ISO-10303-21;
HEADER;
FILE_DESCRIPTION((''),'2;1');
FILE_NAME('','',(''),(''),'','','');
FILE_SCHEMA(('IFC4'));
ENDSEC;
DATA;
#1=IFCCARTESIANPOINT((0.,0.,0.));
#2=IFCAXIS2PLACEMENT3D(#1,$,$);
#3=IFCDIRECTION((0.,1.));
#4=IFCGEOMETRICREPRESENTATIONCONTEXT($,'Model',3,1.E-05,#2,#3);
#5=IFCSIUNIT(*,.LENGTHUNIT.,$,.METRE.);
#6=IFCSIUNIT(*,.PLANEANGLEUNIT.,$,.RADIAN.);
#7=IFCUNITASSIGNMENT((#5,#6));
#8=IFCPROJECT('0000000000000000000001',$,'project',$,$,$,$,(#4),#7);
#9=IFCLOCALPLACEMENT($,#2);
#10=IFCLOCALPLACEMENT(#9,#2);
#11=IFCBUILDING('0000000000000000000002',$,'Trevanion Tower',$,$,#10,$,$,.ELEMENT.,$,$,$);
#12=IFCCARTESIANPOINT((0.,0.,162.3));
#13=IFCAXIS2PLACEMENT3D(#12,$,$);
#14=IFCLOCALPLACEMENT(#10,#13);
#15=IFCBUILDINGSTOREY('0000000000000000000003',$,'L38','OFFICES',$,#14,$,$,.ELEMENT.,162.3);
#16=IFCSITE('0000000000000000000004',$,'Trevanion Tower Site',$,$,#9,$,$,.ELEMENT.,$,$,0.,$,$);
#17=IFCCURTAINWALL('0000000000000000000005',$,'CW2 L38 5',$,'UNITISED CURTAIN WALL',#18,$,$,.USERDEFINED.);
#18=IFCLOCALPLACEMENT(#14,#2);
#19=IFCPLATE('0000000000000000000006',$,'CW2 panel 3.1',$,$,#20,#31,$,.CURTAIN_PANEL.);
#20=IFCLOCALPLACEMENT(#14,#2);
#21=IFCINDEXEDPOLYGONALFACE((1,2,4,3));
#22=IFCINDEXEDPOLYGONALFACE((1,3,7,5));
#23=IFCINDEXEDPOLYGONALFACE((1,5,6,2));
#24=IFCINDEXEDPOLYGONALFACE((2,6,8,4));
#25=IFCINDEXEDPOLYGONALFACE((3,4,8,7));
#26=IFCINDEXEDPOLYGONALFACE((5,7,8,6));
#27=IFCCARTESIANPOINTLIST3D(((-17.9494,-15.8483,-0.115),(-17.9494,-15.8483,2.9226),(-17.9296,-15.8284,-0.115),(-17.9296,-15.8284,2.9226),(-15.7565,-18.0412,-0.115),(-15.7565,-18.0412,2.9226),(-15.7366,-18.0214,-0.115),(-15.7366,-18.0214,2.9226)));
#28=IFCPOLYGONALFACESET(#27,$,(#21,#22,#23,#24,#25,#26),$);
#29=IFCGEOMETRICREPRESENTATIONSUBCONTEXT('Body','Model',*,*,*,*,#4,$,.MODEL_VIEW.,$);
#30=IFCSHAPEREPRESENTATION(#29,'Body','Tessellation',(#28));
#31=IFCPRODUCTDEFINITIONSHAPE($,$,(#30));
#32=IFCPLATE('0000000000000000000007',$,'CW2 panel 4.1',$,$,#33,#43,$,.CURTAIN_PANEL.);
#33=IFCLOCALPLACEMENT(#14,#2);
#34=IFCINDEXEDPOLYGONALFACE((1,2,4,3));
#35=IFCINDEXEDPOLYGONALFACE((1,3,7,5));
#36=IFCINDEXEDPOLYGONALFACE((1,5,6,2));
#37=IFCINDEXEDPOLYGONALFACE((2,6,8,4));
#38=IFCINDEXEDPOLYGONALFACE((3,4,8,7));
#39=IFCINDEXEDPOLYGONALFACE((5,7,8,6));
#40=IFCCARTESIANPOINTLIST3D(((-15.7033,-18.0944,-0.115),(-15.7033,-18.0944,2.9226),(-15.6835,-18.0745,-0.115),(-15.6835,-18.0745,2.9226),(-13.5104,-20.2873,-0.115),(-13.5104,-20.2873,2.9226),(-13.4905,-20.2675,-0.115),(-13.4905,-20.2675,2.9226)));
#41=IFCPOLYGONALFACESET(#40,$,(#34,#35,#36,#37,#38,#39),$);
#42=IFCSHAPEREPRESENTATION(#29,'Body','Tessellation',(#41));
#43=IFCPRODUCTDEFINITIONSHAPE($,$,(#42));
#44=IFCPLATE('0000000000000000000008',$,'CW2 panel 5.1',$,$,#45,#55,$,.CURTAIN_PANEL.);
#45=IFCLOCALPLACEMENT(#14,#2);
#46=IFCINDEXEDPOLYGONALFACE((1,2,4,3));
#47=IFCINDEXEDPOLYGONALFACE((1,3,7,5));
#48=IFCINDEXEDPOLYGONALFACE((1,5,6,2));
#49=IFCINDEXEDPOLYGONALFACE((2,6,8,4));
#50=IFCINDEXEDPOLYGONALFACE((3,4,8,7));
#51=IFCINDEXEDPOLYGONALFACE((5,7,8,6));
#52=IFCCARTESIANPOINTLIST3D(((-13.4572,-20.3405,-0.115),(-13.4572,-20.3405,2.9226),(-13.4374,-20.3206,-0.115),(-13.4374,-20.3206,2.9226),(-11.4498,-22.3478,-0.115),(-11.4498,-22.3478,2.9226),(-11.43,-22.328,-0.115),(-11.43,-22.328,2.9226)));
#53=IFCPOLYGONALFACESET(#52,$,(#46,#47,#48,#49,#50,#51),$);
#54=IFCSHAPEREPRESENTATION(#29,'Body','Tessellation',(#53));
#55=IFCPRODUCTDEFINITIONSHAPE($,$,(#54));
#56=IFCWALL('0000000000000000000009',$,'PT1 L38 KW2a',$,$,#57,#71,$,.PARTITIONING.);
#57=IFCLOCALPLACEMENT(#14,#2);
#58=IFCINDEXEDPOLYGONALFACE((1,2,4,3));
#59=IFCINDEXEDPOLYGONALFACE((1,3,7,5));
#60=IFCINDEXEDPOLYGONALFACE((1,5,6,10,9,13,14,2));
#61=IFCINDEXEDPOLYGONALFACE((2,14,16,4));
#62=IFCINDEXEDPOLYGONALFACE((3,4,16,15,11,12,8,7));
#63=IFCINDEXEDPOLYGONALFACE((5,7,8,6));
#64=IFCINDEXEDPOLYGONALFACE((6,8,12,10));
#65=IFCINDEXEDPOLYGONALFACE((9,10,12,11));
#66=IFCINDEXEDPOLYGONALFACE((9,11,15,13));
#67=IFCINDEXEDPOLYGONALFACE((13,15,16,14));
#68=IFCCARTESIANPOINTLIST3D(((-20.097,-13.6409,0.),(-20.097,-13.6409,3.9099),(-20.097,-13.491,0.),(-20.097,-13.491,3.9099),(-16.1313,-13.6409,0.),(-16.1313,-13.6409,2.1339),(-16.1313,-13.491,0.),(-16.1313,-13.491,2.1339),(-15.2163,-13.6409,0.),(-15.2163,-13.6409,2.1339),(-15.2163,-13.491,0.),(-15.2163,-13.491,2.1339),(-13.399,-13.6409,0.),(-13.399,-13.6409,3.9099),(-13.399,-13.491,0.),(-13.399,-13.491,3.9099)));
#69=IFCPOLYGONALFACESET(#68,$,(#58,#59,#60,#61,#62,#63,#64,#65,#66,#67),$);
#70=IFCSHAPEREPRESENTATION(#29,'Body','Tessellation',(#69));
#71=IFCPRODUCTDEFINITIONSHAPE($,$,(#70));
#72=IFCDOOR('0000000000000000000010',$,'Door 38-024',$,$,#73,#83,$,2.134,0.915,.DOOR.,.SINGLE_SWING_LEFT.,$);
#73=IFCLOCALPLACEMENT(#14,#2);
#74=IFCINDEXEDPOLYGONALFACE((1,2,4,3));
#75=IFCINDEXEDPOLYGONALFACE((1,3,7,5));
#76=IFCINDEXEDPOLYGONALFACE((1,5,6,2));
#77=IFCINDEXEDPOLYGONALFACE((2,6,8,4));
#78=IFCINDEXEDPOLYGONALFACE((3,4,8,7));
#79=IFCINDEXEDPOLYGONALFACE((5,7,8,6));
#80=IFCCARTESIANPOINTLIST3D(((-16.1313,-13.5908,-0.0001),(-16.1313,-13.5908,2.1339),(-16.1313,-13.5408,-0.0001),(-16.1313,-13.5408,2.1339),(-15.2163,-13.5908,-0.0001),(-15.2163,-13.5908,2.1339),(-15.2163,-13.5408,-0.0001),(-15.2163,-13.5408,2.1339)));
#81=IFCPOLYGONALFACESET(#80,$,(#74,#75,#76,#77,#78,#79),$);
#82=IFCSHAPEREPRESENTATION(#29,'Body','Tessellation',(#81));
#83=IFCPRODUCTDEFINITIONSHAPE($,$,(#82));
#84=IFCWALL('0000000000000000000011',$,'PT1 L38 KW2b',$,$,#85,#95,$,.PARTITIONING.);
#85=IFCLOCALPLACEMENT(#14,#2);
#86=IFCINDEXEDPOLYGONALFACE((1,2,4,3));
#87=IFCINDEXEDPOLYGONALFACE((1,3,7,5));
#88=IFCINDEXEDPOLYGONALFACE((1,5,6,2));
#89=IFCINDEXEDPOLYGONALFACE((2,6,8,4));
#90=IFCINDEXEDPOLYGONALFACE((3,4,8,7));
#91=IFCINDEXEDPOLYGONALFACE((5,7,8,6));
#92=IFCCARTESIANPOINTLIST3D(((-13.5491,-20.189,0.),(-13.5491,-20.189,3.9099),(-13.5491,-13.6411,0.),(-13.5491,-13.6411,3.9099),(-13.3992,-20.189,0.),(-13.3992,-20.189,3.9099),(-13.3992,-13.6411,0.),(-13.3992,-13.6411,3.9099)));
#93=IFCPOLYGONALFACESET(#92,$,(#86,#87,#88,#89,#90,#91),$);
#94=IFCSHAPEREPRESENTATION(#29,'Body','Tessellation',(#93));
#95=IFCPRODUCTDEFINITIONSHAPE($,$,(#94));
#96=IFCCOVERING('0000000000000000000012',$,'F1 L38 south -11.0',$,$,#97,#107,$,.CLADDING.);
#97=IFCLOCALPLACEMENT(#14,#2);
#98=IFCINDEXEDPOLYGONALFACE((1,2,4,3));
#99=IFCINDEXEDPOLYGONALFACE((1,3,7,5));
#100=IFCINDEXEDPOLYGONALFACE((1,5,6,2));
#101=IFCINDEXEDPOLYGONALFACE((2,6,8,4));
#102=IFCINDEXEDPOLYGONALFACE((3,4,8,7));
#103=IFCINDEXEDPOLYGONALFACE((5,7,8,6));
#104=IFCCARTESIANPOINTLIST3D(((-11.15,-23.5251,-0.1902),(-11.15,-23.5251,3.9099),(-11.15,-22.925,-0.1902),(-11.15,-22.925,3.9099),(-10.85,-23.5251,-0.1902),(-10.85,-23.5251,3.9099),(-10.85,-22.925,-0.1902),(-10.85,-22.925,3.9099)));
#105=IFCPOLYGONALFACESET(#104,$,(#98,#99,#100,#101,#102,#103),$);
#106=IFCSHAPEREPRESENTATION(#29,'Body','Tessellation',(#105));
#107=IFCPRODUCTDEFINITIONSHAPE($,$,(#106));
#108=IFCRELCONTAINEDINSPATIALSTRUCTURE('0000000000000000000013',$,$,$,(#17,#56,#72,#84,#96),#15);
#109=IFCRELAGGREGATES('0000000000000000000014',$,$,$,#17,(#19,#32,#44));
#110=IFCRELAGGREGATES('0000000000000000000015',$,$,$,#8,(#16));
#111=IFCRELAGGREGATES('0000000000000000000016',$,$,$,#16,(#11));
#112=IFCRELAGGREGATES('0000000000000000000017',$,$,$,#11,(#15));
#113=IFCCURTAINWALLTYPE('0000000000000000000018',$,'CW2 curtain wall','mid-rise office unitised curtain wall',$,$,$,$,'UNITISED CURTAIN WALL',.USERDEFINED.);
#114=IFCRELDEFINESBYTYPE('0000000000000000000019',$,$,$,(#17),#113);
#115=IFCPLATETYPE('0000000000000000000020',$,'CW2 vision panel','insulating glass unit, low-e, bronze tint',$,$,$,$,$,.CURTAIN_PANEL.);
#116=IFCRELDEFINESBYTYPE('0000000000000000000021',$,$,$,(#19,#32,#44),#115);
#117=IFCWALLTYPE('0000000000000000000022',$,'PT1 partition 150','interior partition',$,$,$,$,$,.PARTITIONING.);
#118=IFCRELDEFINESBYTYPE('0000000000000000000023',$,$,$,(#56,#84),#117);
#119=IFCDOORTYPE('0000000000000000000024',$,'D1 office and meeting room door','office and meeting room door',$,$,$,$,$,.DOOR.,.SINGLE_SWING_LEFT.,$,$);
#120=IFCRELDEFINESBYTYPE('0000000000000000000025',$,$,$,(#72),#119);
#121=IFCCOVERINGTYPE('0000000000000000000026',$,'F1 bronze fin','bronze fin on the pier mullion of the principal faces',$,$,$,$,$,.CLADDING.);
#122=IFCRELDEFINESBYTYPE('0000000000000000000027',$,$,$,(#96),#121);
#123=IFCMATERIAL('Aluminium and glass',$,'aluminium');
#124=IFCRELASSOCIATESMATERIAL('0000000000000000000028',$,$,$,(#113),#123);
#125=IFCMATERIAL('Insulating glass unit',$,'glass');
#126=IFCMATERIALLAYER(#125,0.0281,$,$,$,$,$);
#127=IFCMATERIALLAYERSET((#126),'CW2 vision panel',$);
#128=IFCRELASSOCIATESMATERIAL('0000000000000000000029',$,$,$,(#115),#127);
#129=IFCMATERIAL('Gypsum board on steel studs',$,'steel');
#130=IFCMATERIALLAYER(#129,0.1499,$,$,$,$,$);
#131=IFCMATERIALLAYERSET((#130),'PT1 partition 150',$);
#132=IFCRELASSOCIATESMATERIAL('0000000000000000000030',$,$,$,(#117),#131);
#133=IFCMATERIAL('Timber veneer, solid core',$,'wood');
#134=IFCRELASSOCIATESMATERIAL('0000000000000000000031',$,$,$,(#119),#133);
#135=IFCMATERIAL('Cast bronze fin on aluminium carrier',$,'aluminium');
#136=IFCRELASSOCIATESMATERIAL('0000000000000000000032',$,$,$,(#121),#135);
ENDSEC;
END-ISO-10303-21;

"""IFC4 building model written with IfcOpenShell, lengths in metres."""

from ifc_helpers import new_model, si_unit, direction, frame, frame_2d, origin, origin_2d, place, context, subcontext, project, spatial, rectangle, extrude, material, layer, layer_set, type_object, element, fill, aggregate, save


model = new_model("IFC4")

# Units and contexts
model_context = context("Model", 3, precision=1e-05, world=origin(), true_north=direction((0.0, 1.0)))
body_context = subcontext(model_context, "Body", "Model", "MODEL_VIEW")
ifc_project = project(units=[si_unit("LENGTHUNIT", "METRE"), si_unit("PLANEANGLEUNIT", "RADIAN")], contexts=[model_context])

# Site, building, storey
site_placement = place(None, origin())
site = spatial("IfcSite", under=ifc_project, at=site_placement, Name="Trevanion Tower Site", CompositionType="ELEMENT", RefElevation=0.0)
building_placement = place(site_placement, origin())
building = spatial("IfcBuilding", under=site, at=building_placement, Name="Trevanion Tower", CompositionType="ELEMENT")
storey_placement = place(building_placement, frame((0.0, 0.0, 162.3)))
storey = spatial("IfcBuildingStorey", under=building, at=storey_placement, Name="L38", Description="OFFICES", CompositionType="ELEMENT", Elevation=162.3)

# Curtain wall
ifc_material_1 = material(Name="Aluminium and glass", Category="aluminium")
curtain_wall_type = type_object("IfcCurtainWallType", Name="CW2 curtain wall", Description="mid-rise office unitised curtain wall", ElementType="UNITISED CURTAIN WALL", PredefinedType="USERDEFINED", material=ifc_material_1)
curtain_wall_placement = place(storey_placement, origin())
curtain_wall = element("IfcCurtainWall", 1, at=curtain_wall_placement, inside=storey, type_object=curtain_wall_type, Name="CW2 L38 5", ObjectType="UNITISED CURTAIN WALL", PredefinedType="USERDEFINED")

# Plates
ifc_material_2 = material(Name="Insulating glass unit", Category="glass")
ifc_layer_1 = layer(ifc_material_2, 0.0281)
ifc_layer_set_1 = layer_set([ifc_layer_1], Name="CW2 vision panel")
plate_type_1 = type_object("IfcPlateType", Name="CW2 vision panel", Description="insulating glass unit, low-e, bronze tint", PredefinedType="CURTAIN_PANEL", material=ifc_layer_set_1)
plate_1_placement = place(storey_placement, frame((-16.843, -16.9348, -0.115), z_axis=(0.0, 0.0, 1.0), x_axis=(0.707107, -0.707107, 0.0)))
plate_1 = element("IfcPlate", 2, at=plate_1_placement, type_object=plate_type_1, Name="CW2 panel 3.1", PredefinedType="CURTAIN_PANEL", context=body_context, shape_type="SweptSolid", body=[
    extrude(rectangle(XDim=3.1013, YDim=0.0281, at=origin_2d()), origin(), (0.0, 0.0, 1.0), 3.0376),
])
plate_2_placement = place(storey_placement, frame((-14.5969, -19.1809, -0.115), z_axis=(0.0, 0.0, 1.0), x_axis=(0.707107, -0.707107, 0.0)))
plate_2 = element("IfcPlate", 3, at=plate_2_placement, type_object=plate_type_1, Name="CW2 panel 4.1", PredefinedType="CURTAIN_PANEL", context=body_context, shape_type="SweptSolid", body=[
    extrude(rectangle(XDim=3.1013, YDim=0.0281, at=origin_2d()), origin(), (0.0, 0.0, 1.0), 3.0376),
])
plate_3_placement = place(storey_placement, frame((-12.4436, -21.3342, -0.115), z_axis=(0.0, 0.0, 1.0), x_axis=(0.707107, -0.707107, 0.0)))
plate_3 = element("IfcPlate", 4, at=plate_3_placement, type_object=plate_type_1, Name="CW2 panel 5.1", PredefinedType="CURTAIN_PANEL", context=body_context, shape_type="SweptSolid", body=[
    extrude(rectangle(XDim=2.8389, YDim=0.0281, at=origin_2d()), origin(), (0.0, 0.0, 1.0), 3.0376),
])
aggregate(curtain_wall, [plate_1, plate_2, plate_3])

# Wall, opening, door
ifc_material_3 = material(Name="Gypsum board on steel studs", Category="steel")
ifc_layer_2 = layer(ifc_material_3, 0.1499)
ifc_layer_set_2 = layer_set([ifc_layer_2], Name="PT1 partition 150")
wall_type = type_object("IfcWallType", Name="PT1 partition 150", Description="interior partition", PredefinedType="PARTITIONING", material=ifc_layer_set_2)
wall_1_placement = place(storey_placement, frame((-13.3989, -13.5659, 0.0), z_axis=(0.0, 0.0, 1.0), x_axis=(-1.0, 0.0, 0.0)))
wall_1 = element("IfcWall", 5, at=wall_1_placement, inside=storey, type_object=wall_type, Name="PT1 L38 KW2a", PredefinedType="PARTITIONING", context=body_context, shape_type="SweptSolid", body=[
    extrude(rectangle(XDim=6.698, YDim=0.1499, at=frame_2d((3.3491, 0.0))), origin(), (0.0, 0.0, 1.0), 3.9099),
])
opening_placement = place(wall_1_placement, frame((1.8174, 0.0, 0.0)))
opening = element("IfcOpeningElement", 6, at=opening_placement, cuts=wall_1, PredefinedType="OPENING", context=body_context, shape_type="SweptSolid", body=[
    extrude(rectangle(XDim=0.915, YDim=2.134, at=frame_2d((0.4575, 1.0669))), frame((0.0, 0.085, 0.0), z_axis=(0.0, -1.0, 0.0), x_axis=(1.0, 0.0, 0.0)), (0.0, 0.0, 1.0), 0.1699),
])
ifc_material_4 = material(Name="Timber veneer, solid core", Category="wood")
door_type = type_object("IfcDoorType", Name="D1 office and meeting room door", Description="office and meeting room door", OperationType="SINGLE_SWING_LEFT", PredefinedType="DOOR", material=ifc_material_4)
door_placement = place(opening_placement, origin())
door = element("IfcDoor", 7, at=door_placement, inside=storey, type_object=door_type, Name="Door 38-024", OperationType="SINGLE_SWING_LEFT", OverallHeight=2.134, OverallWidth=0.915, PredefinedType="DOOR", context=body_context, shape_type="SweptSolid", body=[
    extrude(rectangle(XDim=0.915, YDim=2.134, at=frame_2d((0.4575, 1.0669))), frame((0.0, 0.0249, 0.0), z_axis=(0.0, -1.0, 0.0), x_axis=(1.0, 0.0, 0.0)), (0.0, 0.0, 1.0), 0.05),
])
fill(opening, door)

# Wall
wall_2_placement = place(storey_placement, frame((-13.4741, -13.6411, 0.0), z_axis=(0.0, 0.0, 1.0), x_axis=(0.0, -1.0, 0.0)))
element("IfcWall", 8, at=wall_2_placement, inside=storey, type_object=wall_type, Name="PT1 L38 KW2b", PredefinedType="PARTITIONING", context=body_context, shape_type="SweptSolid", body=[
    extrude(rectangle(XDim=6.5479, YDim=0.1499, at=frame_2d((3.2739, 0.0))), origin(), (0.0, 0.0, 1.0), 3.9099),
])

# Covering
ifc_material_5 = material(Name="Cast bronze fin on aluminium carrier", Category="aluminium")
covering_type = type_object("IfcCoveringType", Name="F1 bronze fin", Description="bronze fin on the pier mullion of the principal faces", PredefinedType="CLADDING", material=ifc_material_5)
covering_placement = place(storey_placement, frame((-11.0, -23.2251, -0.1902), z_axis=(0.0, 0.0, 1.0), x_axis=(1.0, 0.0, 0.0)))
element("IfcCovering", 9, at=covering_placement, inside=storey, type_object=covering_type, Name="F1 L38 south -11.0", PredefinedType="CLADDING", context=body_context, shape_type="SweptSolid", body=[
    extrude(rectangle(XDim=0.3, YDim=0.6001, at=origin_2d()), origin(), (0.0, 0.0, 1.0), 4.1001),
])

save(model, "model.ifc")
